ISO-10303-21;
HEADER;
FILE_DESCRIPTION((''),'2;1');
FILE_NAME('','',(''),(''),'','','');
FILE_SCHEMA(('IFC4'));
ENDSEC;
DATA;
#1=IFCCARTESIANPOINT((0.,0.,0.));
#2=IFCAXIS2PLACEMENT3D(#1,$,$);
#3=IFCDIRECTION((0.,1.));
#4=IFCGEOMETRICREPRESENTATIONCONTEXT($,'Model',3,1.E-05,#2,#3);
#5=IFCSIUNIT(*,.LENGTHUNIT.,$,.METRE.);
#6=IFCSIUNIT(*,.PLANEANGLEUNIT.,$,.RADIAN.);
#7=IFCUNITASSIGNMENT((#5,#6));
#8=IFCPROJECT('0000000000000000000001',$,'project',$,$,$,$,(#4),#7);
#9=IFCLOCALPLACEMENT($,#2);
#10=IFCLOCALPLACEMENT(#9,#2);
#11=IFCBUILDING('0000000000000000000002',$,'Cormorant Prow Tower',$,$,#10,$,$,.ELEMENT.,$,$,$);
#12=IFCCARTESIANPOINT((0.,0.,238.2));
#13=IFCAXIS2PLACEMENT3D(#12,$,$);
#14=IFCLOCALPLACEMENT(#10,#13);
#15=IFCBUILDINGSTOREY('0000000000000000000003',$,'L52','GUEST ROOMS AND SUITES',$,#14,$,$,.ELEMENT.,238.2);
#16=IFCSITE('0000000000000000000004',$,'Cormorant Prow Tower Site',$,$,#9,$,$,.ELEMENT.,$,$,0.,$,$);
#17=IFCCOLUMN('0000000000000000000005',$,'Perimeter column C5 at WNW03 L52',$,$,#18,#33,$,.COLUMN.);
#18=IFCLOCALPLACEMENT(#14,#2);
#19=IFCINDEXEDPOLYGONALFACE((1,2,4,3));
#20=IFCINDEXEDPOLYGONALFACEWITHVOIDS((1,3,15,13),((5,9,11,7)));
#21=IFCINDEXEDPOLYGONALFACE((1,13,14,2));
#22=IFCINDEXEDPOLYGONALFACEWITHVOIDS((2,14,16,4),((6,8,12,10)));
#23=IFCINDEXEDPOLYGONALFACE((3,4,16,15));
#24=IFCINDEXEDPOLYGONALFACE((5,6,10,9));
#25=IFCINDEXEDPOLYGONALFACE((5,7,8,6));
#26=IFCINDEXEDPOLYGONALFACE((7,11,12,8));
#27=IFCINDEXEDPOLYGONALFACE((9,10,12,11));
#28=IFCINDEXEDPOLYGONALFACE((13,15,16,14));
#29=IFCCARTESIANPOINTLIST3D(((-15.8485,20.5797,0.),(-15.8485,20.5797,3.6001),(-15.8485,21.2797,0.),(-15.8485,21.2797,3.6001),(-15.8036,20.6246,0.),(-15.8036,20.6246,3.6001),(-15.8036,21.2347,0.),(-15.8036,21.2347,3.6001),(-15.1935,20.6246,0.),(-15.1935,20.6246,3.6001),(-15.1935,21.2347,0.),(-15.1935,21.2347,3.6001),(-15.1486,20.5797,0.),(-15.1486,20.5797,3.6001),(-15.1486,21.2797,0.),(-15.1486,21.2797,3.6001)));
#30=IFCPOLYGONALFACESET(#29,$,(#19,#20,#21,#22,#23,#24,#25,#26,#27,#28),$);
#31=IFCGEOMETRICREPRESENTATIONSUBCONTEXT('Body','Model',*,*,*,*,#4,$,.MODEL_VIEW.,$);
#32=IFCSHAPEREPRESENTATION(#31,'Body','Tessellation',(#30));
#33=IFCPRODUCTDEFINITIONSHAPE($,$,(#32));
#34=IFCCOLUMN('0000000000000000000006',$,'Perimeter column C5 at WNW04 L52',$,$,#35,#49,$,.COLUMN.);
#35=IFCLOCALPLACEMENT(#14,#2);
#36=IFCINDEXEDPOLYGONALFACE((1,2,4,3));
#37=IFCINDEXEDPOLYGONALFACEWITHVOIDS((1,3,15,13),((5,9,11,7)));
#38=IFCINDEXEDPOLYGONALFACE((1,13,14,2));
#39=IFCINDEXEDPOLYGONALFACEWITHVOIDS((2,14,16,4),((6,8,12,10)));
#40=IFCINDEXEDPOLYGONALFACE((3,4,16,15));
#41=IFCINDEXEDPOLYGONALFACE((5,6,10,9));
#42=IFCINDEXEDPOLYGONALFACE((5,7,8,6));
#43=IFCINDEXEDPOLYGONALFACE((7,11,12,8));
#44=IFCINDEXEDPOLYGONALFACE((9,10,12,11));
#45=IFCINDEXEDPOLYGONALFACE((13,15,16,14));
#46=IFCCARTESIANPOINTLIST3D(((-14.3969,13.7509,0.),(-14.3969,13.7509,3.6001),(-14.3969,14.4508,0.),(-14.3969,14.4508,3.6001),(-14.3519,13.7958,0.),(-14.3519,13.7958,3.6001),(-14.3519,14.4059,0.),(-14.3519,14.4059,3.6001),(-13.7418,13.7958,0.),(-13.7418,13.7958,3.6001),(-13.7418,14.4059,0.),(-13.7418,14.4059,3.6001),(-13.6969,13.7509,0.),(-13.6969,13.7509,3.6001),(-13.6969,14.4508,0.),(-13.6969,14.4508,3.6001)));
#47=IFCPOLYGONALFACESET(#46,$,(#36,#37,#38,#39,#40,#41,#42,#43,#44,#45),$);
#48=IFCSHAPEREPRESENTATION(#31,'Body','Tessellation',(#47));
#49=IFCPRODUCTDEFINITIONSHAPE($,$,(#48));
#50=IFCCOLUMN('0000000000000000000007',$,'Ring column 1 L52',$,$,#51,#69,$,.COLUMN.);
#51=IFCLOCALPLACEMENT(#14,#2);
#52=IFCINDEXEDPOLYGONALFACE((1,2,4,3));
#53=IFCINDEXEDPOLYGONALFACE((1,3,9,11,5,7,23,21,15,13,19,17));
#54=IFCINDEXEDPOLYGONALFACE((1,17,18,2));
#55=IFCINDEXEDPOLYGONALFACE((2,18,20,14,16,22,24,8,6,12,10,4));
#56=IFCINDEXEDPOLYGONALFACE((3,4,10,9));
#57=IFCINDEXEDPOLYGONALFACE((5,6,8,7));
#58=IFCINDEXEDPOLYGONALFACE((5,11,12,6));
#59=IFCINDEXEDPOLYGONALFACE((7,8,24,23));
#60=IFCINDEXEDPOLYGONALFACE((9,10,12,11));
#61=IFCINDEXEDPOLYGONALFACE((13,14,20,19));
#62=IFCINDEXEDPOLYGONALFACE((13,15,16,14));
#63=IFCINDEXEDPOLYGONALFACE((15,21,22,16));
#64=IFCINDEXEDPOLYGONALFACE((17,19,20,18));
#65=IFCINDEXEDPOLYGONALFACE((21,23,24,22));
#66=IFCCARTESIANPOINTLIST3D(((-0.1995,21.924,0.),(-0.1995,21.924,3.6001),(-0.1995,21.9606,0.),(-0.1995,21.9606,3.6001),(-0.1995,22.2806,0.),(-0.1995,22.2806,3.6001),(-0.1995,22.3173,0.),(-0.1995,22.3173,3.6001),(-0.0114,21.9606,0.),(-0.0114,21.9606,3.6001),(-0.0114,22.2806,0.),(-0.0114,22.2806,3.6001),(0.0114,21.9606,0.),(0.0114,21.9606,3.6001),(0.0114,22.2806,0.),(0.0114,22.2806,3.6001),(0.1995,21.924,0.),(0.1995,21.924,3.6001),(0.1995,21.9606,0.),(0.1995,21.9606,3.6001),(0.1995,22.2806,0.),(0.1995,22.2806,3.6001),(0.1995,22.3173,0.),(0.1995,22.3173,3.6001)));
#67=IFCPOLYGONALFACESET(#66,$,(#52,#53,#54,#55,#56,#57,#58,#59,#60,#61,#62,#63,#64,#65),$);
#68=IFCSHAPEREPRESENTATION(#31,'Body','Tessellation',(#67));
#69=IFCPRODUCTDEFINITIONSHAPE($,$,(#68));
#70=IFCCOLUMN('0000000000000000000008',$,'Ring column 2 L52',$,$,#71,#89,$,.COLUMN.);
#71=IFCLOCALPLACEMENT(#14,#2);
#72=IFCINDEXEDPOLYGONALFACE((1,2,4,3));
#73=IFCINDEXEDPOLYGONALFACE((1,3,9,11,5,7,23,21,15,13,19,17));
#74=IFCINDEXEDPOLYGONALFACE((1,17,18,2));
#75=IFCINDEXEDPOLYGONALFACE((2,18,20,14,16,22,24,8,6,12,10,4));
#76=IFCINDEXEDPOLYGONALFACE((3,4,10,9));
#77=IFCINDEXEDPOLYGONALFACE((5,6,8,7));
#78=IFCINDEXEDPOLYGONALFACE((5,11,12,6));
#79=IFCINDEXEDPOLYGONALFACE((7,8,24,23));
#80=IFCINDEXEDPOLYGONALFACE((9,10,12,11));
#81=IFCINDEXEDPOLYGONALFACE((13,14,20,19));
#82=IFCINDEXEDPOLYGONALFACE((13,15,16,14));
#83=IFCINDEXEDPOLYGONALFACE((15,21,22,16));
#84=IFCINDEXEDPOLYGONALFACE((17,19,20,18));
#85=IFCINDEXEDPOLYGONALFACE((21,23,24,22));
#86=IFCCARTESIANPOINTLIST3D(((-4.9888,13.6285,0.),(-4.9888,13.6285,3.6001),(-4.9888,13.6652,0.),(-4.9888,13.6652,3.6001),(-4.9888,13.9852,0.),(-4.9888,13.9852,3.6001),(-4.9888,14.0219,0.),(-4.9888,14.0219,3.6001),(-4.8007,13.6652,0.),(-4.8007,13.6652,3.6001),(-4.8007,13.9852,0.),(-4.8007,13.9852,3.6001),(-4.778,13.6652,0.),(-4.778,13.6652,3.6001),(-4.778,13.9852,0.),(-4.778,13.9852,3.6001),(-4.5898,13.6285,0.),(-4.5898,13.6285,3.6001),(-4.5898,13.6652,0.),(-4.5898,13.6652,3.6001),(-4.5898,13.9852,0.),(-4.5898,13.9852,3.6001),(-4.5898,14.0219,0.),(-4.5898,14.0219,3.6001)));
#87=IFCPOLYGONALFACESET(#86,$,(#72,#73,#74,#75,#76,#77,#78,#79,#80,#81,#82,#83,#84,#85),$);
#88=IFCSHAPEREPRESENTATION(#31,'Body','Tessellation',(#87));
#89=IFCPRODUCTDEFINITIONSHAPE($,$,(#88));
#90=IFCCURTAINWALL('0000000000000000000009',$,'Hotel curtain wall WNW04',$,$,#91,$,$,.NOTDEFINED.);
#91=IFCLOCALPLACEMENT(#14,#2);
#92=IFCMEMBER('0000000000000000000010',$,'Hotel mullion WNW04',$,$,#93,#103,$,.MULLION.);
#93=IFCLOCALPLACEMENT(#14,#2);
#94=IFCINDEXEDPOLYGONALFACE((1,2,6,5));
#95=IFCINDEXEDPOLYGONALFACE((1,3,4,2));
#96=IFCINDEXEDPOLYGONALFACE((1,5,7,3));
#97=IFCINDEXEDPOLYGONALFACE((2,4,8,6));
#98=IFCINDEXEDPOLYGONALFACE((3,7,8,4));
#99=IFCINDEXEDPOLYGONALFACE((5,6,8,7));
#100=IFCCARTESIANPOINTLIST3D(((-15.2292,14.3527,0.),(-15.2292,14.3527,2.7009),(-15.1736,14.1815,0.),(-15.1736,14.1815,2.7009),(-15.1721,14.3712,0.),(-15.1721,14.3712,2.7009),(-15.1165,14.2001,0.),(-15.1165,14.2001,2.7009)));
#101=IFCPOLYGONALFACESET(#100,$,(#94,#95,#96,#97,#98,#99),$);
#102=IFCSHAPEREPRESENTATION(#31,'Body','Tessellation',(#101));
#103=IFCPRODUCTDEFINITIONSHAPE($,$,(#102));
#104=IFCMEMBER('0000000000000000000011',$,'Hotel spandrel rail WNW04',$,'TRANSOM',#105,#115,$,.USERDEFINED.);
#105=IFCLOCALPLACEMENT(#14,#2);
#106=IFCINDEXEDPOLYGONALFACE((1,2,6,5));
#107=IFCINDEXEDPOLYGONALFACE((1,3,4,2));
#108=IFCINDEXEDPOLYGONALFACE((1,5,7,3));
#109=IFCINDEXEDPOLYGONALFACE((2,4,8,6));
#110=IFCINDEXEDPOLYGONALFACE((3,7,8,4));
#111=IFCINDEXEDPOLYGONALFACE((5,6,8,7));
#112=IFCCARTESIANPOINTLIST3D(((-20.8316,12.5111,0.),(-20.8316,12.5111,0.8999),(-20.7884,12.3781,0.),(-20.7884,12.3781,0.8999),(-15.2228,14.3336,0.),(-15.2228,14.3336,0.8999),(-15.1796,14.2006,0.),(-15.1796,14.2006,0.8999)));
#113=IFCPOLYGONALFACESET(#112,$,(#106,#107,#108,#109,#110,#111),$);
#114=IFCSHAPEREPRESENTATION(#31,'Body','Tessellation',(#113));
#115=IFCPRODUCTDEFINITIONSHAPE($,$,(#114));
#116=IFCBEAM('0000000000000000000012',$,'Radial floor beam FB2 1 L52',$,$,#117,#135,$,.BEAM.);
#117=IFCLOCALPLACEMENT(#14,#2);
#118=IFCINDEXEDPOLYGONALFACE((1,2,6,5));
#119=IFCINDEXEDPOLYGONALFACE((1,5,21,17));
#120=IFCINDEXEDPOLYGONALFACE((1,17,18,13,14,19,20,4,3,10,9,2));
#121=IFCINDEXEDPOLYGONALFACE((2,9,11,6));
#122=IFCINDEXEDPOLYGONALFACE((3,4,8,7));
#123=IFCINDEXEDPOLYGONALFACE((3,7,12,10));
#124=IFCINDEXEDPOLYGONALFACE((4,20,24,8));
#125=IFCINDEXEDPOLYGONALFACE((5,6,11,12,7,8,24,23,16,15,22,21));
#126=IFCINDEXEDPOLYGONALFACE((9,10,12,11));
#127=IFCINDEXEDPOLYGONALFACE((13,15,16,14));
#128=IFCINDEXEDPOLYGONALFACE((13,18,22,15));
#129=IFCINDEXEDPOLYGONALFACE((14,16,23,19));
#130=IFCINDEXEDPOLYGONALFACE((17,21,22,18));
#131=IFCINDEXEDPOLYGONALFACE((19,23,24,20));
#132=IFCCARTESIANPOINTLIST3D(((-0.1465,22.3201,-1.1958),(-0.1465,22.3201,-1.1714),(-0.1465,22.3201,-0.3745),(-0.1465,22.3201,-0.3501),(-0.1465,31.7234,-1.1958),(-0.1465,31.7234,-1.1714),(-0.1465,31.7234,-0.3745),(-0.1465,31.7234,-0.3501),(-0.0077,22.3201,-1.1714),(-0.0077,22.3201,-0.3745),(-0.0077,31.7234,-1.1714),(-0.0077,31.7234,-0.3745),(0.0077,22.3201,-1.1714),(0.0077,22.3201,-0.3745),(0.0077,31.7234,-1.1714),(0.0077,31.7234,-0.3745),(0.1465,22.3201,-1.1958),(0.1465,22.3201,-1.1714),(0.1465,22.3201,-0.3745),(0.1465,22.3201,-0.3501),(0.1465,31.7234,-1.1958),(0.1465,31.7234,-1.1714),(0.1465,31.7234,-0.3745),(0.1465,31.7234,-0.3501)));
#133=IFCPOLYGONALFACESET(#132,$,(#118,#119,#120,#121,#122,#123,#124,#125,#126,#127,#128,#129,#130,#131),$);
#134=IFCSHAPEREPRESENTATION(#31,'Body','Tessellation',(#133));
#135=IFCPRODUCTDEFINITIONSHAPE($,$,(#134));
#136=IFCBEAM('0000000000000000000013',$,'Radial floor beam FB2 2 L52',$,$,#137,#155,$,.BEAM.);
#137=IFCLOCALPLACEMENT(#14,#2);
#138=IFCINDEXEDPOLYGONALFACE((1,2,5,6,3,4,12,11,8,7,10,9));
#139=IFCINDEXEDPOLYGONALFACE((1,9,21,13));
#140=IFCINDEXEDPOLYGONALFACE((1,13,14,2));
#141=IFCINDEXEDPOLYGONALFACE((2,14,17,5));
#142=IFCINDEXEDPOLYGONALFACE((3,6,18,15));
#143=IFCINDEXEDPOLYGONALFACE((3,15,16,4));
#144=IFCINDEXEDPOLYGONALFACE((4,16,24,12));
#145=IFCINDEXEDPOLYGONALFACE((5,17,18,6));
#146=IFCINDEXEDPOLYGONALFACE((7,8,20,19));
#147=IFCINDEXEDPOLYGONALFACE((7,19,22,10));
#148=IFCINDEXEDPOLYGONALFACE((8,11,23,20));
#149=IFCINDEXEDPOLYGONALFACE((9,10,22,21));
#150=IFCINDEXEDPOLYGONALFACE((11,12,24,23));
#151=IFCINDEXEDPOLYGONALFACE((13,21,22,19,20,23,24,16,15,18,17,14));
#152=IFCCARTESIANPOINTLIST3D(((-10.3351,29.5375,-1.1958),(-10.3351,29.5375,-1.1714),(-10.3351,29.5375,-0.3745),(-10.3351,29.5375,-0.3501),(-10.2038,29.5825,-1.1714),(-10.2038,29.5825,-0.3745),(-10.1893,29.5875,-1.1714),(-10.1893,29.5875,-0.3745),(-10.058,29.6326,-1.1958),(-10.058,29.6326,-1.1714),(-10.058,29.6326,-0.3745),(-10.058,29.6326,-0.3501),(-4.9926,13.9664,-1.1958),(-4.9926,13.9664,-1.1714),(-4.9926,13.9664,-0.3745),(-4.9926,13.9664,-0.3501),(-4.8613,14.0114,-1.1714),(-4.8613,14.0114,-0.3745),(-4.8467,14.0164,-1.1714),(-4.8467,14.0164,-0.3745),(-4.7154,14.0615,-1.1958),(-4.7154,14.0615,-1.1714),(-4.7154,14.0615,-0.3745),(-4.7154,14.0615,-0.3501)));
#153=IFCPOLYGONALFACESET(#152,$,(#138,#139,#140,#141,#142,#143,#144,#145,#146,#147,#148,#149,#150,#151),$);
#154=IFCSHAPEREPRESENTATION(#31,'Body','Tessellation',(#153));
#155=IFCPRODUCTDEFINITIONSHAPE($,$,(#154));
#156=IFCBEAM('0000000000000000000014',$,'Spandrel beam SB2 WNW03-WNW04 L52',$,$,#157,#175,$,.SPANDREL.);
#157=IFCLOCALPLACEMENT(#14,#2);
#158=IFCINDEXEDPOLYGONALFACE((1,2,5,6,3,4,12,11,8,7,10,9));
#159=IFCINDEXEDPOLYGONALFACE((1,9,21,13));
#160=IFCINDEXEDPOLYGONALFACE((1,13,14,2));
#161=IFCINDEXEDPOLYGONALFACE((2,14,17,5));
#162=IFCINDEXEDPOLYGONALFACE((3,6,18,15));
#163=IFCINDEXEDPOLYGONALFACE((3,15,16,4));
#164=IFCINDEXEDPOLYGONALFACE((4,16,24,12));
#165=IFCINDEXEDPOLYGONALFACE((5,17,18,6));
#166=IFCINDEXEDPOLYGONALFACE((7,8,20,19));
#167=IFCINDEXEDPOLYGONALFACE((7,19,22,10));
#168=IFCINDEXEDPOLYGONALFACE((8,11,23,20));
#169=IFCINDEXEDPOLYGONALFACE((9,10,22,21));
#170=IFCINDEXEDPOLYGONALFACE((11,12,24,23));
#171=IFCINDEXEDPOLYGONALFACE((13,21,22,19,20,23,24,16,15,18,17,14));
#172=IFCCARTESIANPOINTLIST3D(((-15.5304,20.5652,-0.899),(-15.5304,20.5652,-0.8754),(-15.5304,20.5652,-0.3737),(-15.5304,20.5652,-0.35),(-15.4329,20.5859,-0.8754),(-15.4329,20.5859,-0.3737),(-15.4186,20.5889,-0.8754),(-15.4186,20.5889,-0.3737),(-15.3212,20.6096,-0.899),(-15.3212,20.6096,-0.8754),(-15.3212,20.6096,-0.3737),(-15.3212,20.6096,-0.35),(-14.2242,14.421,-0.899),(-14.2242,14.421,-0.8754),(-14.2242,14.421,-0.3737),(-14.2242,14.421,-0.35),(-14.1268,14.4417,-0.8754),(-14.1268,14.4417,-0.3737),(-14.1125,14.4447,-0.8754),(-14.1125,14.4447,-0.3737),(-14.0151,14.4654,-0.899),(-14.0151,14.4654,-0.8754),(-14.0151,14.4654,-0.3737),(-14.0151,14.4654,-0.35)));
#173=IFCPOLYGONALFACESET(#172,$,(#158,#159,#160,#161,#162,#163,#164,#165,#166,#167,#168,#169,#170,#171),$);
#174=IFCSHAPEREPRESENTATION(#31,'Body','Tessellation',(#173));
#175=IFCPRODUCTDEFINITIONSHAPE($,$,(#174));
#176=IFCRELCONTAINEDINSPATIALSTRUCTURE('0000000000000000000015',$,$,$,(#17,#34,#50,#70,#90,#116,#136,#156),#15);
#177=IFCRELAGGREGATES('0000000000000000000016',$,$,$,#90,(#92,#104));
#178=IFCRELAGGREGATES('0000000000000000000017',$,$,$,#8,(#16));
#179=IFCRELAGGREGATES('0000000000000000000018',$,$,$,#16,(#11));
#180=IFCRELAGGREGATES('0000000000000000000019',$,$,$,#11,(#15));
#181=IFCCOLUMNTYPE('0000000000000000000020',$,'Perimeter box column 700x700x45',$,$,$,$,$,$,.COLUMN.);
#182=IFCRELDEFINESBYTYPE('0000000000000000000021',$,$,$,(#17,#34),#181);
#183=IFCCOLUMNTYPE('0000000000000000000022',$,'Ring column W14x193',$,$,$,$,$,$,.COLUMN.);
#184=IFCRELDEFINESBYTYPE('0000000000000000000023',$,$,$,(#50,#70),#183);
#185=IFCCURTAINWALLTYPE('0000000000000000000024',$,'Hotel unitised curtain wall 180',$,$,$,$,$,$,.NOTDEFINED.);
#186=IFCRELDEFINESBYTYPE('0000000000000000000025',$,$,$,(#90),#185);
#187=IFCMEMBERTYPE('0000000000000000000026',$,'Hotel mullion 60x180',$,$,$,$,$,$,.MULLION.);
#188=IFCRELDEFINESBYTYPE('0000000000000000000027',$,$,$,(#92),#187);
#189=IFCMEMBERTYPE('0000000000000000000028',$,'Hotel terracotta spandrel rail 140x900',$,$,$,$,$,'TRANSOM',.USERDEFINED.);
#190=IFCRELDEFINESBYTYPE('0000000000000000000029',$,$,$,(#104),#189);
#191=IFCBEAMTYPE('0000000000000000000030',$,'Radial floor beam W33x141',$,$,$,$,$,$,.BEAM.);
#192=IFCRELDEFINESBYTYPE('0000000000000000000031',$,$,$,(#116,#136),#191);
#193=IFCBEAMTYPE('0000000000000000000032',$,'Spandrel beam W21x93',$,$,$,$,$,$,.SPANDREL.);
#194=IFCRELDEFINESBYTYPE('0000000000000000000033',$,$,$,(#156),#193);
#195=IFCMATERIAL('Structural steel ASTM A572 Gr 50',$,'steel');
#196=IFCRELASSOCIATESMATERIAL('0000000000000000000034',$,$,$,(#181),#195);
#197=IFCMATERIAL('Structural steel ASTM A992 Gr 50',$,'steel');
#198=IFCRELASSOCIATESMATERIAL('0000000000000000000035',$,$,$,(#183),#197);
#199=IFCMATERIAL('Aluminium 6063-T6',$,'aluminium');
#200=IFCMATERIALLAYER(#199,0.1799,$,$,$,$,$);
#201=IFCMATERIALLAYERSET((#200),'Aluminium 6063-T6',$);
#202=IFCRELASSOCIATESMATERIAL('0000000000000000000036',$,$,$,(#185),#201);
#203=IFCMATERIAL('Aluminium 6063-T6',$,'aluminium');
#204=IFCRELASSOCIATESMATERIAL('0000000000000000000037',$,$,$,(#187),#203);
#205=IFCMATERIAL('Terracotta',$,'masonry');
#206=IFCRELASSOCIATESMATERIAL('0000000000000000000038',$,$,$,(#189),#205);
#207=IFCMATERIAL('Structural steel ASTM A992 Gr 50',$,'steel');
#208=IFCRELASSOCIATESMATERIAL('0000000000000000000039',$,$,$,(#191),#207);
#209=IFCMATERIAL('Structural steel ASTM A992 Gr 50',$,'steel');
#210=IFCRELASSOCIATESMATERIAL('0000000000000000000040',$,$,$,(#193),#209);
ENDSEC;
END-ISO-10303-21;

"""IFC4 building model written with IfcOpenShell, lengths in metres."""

from ifc_helpers import new_model, si_unit, direction, frame, origin, origin_2d, place, context, subcontext, project, spatial, rectangle, hollow_rectangle, i_section, extrude, material, layer, layer_set, material_profile, profile_set, type_object, element, aggregate, save


model = new_model("IFC4")

# Units and contexts
model_context = context("Model", 3, precision=1e-05, world=origin(), true_north=direction((0.0, 1.0)))
body_context = subcontext(model_context, "Body", "Model", "MODEL_VIEW")
ifc_project = project(units=[si_unit("LENGTHUNIT", "METRE"), si_unit("PLANEANGLEUNIT", "RADIAN")], contexts=[model_context])

# Site, building, storey
site_placement = place(None, origin())
site = spatial("IfcSite", under=ifc_project, at=site_placement, Name="Cormorant Prow Tower Site", CompositionType="ELEMENT", RefElevation=0.0)
building_placement = place(site_placement, origin())
building = spatial("IfcBuilding", under=site, at=building_placement, Name="Cormorant Prow Tower", CompositionType="ELEMENT")
storey_placement = place(building_placement, frame((0.0, 0.0, 238.2)))
storey = spatial("IfcBuildingStorey", under=building, at=storey_placement, Name="L52", Description="GUEST ROOMS AND SUITES", CompositionType="ELEMENT", Elevation=238.2)

# Columns
ifc_material_1 = material(Name="Structural steel ASTM A572 Gr 50", Category="steel")
ifc_material_profile_1 = material_profile(ifc_material_1, hollow_rectangle(XDim=0.7, YDim=0.7, WallThickness=0.0449, at=origin_2d()), Name="Box 700x700x45")
ifc_profile_set_1 = profile_set([ifc_material_profile_1], Name="Structural steel ASTM A572 Gr 50")
column_type_1 = type_object("IfcColumnType", Name="Perimeter box column 700x700x45", PredefinedType="COLUMN", material=ifc_profile_set_1)
for number, where, z_axis, x_axis, name in (
    (1, (-15.4985, 20.9297, 0.0), (0.0, 0.0, 1.0), (1.0, 0.0, 0.0), "Perimeter column C5 at WNW03 L52"),
    (2, (-14.0469, 14.1008, 0.0), (0.0, 0.0, 1.0), (1.0, 0.0, 0.0), "Perimeter column C5 at WNW04 L52"),
):
    element("IfcColumn", number, at=place(storey_placement, frame(where, z_axis=z_axis, x_axis=x_axis)), inside=storey, type_object=column_type_1, Name=name, PredefinedType="COLUMN", context=body_context, shape_type="SweptSolid", body=[
        extrude(hollow_rectangle(XDim=0.7, YDim=0.7, WallThickness=0.0449, at=origin_2d()), origin(), (0.0, 0.0, 1.0), 3.6001),
    ])
ifc_material_2 = material(Name="Structural steel ASTM A992 Gr 50", Category="steel")
ifc_material_profile_2 = material_profile(ifc_material_2, i_section(OverallWidth=0.3989, OverallDepth=0.3933, WebThickness=0.0227, FlangeThickness=0.0366, at=origin_2d()), Name="W14x193")
ifc_profile_set_2 = profile_set([ifc_material_profile_2], Name="Structural steel ASTM A992 Gr 50")
column_type_2 = type_object("IfcColumnType", Name="Ring column W14x193", PredefinedType="COLUMN", material=ifc_profile_set_2)
for number, where, z_axis, x_axis, name in (
    (3, (0.0, 22.1206, 0.0), (0.0, 0.0, 1.0), (1.0, 0.0, 0.0), "Ring column 1 L52"),
    (4, (-4.7893, 13.8252, 0.0), (0.0, 0.0, 1.0), (1.0, 0.0, 0.0), "Ring column 2 L52"),
):
    element("IfcColumn", number, at=place(storey_placement, frame(where, z_axis=z_axis, x_axis=x_axis)), inside=storey, type_object=column_type_2, Name=name, PredefinedType="COLUMN", context=body_context, shape_type="SweptSolid", body=[
        extrude(i_section(OverallWidth=0.3989, OverallDepth=0.3933, WebThickness=0.0227, FlangeThickness=0.0366, at=origin_2d()), origin(), (0.0, 0.0, 1.0), 3.6001),
    ])

# Curtain wall, members
ifc_material_3 = material(Name="Aluminium 6063-T6", Category="aluminium")
ifc_layer_1 = layer(ifc_material_3, 0.1799)
ifc_layer_set_1 = layer_set([ifc_layer_1], Name="Aluminium 6063-T6")
curtain_wall_type = type_object("IfcCurtainWallType", Name="Hotel unitised curtain wall 180", PredefinedType="NOTDEFINED", material=ifc_layer_set_1)
curtain_wall_1_placement = place(storey_placement, origin())
curtain_wall_1 = element("IfcCurtainWall", 5, at=curtain_wall_1_placement, inside=storey, type_object=curtain_wall_type, Name="Hotel curtain wall WNW04", PredefinedType="NOTDEFINED")
ifc_material_4 = material(Name="Aluminium 6063-T6", Category="aluminium")
ifc_material_profile_3 = material_profile(ifc_material_4, rectangle(XDim=0.1799, YDim=0.0601, at=origin_2d()), Name="Hotel mullion 60x180")
ifc_profile_set_3 = profile_set([ifc_material_profile_3], Name="Aluminium 6063-T6")
member_type_1 = type_object("IfcMemberType", Name="Hotel mullion 60x180", PredefinedType="MULLION", material=ifc_profile_set_3)
member_1_placement = place(storey_placement, frame((-15.1729, 14.2764, 0.0), z_axis=(0.0, 0.0, 1.0), x_axis=(0.309017, -0.951057, 0.0)))
member_1 = element("IfcMember", 6, at=member_1_placement, type_object=member_type_1, Name="Hotel mullion WNW04", PredefinedType="MULLION", context=body_context, shape_type="SweptSolid", body=[
    extrude(rectangle(XDim=0.1799, YDim=0.0601, at=origin_2d()), origin(), (0.0, 0.0, 1.0), 2.7009),
])
ifc_material_5 = material(Name="Terracotta", Category="masonry")
ifc_material_profile_4 = material_profile(ifc_material_5, rectangle(XDim=0.1399, YDim=0.8999, at=origin_2d()), Name="Hotel terracotta spandrel rail 140x900")
ifc_profile_set_4 = profile_set([ifc_material_profile_4], Name="Terracotta")
member_type_2 = type_object("IfcMemberType", Name="Hotel terracotta spandrel rail 140x900", ElementType="TRANSOM", PredefinedType="USERDEFINED", material=ifc_profile_set_4)
member_2_placement = place(storey_placement, frame((-15.2012, 14.2671, 0.45), z_axis=(-0.951053, -0.309028, 0.0), x_axis=(0.309028, -0.951053, 0.0)))
member_2 = element("IfcMember", 7, at=member_2_placement, type_object=member_type_2, Name="Hotel spandrel rail WNW04", ObjectType="TRANSOM", PredefinedType="USERDEFINED", context=body_context, shape_type="SweptSolid", body=[
    extrude(rectangle(XDim=0.1399, YDim=0.8999, at=origin_2d()), origin(), (0.0, 0.0, 1.0), 5.8975),
])

# Beams
ifc_material_6 = material(Name="Structural steel ASTM A992 Gr 50", Category="steel")
ifc_material_profile_5 = material_profile(ifc_material_6, i_section(OverallWidth=0.293, OverallDepth=0.8457, WebThickness=0.0154, FlangeThickness=0.0244, at=origin_2d()), Name="W33x141")
ifc_profile_set_5 = profile_set([ifc_material_profile_5], Name="Structural steel ASTM A992 Gr 50")
beam_type_1 = type_object("IfcBeamType", Name="Radial floor beam W33x141", PredefinedType="BEAM", material=ifc_profile_set_5)
beam_1_placement = place(storey_placement, frame((0.0, 22.3201, -0.7729), z_axis=(0.0, 1.0, 0.0), x_axis=(-1.0, 0.0, 0.0)))
element("IfcBeam", 8, at=beam_1_placement, inside=storey, type_object=beam_type_1, Name="Radial floor beam FB2 1 L52", PredefinedType="BEAM", context=body_context, shape_type="SweptSolid", body=[
    extrude(i_section(OverallWidth=0.293, OverallDepth=0.8457, WebThickness=0.0154, FlangeThickness=0.0244, at=origin_2d()), origin(), (0.0, 0.0, 1.0), 9.4033),
])
beam_2_placement = place(storey_placement, frame((-4.854, 14.0139, -0.7729), z_axis=(-0.324536, 0.945874, 0.0), x_axis=(-0.945874, -0.324536, 0.0)))
element("IfcBeam", 9, at=beam_2_placement, inside=storey, type_object=beam_type_1, Name="Radial floor beam FB2 2 L52", PredefinedType="BEAM", context=body_context, shape_type="SweptSolid", body=[
    extrude(i_section(OverallWidth=0.293, OverallDepth=0.8457, WebThickness=0.0154, FlangeThickness=0.0244, at=origin_2d()), origin(), (0.0, 0.0, 1.0), 16.4622),
])
ifc_material_7 = material(Name="Structural steel ASTM A992 Gr 50", Category="steel")
ifc_material_profile_6 = material_profile(ifc_material_7, i_section(OverallWidth=0.2139, OverallDepth=0.5491, WebThickness=0.0146, FlangeThickness=0.0237, at=origin_2d()), Name="W21x93")
ifc_profile_set_6 = profile_set([ifc_material_profile_6], Name="Structural steel ASTM A992 Gr 50")
beam_type_2 = type_object("IfcBeamType", Name="Spandrel beam W21x93", PredefinedType="SPANDREL", material=ifc_profile_set_6)
beam_3_placement = place(storey_placement, frame((-15.4258, 20.5874, -0.6245), z_axis=(0.207934, -0.978143, 0.0), x_axis=(0.978143, 0.207934, 0.0)))
element("IfcBeam", 10, at=beam_3_placement, inside=storey, type_object=beam_type_2, Name="Spandrel beam SB2 WNW03-WNW04 L52", PredefinedType="SPANDREL", context=body_context, shape_type="SweptSolid", body=[
    extrude(i_section(OverallWidth=0.2139, OverallDepth=0.5491, WebThickness=0.0146, FlangeThickness=0.0237, at=origin_2d()), origin(), (0.0, 0.0, 1.0), 6.2815),
])

aggregate(curtain_wall_1, [member_1, member_2])

save(model, "model.ifc")
